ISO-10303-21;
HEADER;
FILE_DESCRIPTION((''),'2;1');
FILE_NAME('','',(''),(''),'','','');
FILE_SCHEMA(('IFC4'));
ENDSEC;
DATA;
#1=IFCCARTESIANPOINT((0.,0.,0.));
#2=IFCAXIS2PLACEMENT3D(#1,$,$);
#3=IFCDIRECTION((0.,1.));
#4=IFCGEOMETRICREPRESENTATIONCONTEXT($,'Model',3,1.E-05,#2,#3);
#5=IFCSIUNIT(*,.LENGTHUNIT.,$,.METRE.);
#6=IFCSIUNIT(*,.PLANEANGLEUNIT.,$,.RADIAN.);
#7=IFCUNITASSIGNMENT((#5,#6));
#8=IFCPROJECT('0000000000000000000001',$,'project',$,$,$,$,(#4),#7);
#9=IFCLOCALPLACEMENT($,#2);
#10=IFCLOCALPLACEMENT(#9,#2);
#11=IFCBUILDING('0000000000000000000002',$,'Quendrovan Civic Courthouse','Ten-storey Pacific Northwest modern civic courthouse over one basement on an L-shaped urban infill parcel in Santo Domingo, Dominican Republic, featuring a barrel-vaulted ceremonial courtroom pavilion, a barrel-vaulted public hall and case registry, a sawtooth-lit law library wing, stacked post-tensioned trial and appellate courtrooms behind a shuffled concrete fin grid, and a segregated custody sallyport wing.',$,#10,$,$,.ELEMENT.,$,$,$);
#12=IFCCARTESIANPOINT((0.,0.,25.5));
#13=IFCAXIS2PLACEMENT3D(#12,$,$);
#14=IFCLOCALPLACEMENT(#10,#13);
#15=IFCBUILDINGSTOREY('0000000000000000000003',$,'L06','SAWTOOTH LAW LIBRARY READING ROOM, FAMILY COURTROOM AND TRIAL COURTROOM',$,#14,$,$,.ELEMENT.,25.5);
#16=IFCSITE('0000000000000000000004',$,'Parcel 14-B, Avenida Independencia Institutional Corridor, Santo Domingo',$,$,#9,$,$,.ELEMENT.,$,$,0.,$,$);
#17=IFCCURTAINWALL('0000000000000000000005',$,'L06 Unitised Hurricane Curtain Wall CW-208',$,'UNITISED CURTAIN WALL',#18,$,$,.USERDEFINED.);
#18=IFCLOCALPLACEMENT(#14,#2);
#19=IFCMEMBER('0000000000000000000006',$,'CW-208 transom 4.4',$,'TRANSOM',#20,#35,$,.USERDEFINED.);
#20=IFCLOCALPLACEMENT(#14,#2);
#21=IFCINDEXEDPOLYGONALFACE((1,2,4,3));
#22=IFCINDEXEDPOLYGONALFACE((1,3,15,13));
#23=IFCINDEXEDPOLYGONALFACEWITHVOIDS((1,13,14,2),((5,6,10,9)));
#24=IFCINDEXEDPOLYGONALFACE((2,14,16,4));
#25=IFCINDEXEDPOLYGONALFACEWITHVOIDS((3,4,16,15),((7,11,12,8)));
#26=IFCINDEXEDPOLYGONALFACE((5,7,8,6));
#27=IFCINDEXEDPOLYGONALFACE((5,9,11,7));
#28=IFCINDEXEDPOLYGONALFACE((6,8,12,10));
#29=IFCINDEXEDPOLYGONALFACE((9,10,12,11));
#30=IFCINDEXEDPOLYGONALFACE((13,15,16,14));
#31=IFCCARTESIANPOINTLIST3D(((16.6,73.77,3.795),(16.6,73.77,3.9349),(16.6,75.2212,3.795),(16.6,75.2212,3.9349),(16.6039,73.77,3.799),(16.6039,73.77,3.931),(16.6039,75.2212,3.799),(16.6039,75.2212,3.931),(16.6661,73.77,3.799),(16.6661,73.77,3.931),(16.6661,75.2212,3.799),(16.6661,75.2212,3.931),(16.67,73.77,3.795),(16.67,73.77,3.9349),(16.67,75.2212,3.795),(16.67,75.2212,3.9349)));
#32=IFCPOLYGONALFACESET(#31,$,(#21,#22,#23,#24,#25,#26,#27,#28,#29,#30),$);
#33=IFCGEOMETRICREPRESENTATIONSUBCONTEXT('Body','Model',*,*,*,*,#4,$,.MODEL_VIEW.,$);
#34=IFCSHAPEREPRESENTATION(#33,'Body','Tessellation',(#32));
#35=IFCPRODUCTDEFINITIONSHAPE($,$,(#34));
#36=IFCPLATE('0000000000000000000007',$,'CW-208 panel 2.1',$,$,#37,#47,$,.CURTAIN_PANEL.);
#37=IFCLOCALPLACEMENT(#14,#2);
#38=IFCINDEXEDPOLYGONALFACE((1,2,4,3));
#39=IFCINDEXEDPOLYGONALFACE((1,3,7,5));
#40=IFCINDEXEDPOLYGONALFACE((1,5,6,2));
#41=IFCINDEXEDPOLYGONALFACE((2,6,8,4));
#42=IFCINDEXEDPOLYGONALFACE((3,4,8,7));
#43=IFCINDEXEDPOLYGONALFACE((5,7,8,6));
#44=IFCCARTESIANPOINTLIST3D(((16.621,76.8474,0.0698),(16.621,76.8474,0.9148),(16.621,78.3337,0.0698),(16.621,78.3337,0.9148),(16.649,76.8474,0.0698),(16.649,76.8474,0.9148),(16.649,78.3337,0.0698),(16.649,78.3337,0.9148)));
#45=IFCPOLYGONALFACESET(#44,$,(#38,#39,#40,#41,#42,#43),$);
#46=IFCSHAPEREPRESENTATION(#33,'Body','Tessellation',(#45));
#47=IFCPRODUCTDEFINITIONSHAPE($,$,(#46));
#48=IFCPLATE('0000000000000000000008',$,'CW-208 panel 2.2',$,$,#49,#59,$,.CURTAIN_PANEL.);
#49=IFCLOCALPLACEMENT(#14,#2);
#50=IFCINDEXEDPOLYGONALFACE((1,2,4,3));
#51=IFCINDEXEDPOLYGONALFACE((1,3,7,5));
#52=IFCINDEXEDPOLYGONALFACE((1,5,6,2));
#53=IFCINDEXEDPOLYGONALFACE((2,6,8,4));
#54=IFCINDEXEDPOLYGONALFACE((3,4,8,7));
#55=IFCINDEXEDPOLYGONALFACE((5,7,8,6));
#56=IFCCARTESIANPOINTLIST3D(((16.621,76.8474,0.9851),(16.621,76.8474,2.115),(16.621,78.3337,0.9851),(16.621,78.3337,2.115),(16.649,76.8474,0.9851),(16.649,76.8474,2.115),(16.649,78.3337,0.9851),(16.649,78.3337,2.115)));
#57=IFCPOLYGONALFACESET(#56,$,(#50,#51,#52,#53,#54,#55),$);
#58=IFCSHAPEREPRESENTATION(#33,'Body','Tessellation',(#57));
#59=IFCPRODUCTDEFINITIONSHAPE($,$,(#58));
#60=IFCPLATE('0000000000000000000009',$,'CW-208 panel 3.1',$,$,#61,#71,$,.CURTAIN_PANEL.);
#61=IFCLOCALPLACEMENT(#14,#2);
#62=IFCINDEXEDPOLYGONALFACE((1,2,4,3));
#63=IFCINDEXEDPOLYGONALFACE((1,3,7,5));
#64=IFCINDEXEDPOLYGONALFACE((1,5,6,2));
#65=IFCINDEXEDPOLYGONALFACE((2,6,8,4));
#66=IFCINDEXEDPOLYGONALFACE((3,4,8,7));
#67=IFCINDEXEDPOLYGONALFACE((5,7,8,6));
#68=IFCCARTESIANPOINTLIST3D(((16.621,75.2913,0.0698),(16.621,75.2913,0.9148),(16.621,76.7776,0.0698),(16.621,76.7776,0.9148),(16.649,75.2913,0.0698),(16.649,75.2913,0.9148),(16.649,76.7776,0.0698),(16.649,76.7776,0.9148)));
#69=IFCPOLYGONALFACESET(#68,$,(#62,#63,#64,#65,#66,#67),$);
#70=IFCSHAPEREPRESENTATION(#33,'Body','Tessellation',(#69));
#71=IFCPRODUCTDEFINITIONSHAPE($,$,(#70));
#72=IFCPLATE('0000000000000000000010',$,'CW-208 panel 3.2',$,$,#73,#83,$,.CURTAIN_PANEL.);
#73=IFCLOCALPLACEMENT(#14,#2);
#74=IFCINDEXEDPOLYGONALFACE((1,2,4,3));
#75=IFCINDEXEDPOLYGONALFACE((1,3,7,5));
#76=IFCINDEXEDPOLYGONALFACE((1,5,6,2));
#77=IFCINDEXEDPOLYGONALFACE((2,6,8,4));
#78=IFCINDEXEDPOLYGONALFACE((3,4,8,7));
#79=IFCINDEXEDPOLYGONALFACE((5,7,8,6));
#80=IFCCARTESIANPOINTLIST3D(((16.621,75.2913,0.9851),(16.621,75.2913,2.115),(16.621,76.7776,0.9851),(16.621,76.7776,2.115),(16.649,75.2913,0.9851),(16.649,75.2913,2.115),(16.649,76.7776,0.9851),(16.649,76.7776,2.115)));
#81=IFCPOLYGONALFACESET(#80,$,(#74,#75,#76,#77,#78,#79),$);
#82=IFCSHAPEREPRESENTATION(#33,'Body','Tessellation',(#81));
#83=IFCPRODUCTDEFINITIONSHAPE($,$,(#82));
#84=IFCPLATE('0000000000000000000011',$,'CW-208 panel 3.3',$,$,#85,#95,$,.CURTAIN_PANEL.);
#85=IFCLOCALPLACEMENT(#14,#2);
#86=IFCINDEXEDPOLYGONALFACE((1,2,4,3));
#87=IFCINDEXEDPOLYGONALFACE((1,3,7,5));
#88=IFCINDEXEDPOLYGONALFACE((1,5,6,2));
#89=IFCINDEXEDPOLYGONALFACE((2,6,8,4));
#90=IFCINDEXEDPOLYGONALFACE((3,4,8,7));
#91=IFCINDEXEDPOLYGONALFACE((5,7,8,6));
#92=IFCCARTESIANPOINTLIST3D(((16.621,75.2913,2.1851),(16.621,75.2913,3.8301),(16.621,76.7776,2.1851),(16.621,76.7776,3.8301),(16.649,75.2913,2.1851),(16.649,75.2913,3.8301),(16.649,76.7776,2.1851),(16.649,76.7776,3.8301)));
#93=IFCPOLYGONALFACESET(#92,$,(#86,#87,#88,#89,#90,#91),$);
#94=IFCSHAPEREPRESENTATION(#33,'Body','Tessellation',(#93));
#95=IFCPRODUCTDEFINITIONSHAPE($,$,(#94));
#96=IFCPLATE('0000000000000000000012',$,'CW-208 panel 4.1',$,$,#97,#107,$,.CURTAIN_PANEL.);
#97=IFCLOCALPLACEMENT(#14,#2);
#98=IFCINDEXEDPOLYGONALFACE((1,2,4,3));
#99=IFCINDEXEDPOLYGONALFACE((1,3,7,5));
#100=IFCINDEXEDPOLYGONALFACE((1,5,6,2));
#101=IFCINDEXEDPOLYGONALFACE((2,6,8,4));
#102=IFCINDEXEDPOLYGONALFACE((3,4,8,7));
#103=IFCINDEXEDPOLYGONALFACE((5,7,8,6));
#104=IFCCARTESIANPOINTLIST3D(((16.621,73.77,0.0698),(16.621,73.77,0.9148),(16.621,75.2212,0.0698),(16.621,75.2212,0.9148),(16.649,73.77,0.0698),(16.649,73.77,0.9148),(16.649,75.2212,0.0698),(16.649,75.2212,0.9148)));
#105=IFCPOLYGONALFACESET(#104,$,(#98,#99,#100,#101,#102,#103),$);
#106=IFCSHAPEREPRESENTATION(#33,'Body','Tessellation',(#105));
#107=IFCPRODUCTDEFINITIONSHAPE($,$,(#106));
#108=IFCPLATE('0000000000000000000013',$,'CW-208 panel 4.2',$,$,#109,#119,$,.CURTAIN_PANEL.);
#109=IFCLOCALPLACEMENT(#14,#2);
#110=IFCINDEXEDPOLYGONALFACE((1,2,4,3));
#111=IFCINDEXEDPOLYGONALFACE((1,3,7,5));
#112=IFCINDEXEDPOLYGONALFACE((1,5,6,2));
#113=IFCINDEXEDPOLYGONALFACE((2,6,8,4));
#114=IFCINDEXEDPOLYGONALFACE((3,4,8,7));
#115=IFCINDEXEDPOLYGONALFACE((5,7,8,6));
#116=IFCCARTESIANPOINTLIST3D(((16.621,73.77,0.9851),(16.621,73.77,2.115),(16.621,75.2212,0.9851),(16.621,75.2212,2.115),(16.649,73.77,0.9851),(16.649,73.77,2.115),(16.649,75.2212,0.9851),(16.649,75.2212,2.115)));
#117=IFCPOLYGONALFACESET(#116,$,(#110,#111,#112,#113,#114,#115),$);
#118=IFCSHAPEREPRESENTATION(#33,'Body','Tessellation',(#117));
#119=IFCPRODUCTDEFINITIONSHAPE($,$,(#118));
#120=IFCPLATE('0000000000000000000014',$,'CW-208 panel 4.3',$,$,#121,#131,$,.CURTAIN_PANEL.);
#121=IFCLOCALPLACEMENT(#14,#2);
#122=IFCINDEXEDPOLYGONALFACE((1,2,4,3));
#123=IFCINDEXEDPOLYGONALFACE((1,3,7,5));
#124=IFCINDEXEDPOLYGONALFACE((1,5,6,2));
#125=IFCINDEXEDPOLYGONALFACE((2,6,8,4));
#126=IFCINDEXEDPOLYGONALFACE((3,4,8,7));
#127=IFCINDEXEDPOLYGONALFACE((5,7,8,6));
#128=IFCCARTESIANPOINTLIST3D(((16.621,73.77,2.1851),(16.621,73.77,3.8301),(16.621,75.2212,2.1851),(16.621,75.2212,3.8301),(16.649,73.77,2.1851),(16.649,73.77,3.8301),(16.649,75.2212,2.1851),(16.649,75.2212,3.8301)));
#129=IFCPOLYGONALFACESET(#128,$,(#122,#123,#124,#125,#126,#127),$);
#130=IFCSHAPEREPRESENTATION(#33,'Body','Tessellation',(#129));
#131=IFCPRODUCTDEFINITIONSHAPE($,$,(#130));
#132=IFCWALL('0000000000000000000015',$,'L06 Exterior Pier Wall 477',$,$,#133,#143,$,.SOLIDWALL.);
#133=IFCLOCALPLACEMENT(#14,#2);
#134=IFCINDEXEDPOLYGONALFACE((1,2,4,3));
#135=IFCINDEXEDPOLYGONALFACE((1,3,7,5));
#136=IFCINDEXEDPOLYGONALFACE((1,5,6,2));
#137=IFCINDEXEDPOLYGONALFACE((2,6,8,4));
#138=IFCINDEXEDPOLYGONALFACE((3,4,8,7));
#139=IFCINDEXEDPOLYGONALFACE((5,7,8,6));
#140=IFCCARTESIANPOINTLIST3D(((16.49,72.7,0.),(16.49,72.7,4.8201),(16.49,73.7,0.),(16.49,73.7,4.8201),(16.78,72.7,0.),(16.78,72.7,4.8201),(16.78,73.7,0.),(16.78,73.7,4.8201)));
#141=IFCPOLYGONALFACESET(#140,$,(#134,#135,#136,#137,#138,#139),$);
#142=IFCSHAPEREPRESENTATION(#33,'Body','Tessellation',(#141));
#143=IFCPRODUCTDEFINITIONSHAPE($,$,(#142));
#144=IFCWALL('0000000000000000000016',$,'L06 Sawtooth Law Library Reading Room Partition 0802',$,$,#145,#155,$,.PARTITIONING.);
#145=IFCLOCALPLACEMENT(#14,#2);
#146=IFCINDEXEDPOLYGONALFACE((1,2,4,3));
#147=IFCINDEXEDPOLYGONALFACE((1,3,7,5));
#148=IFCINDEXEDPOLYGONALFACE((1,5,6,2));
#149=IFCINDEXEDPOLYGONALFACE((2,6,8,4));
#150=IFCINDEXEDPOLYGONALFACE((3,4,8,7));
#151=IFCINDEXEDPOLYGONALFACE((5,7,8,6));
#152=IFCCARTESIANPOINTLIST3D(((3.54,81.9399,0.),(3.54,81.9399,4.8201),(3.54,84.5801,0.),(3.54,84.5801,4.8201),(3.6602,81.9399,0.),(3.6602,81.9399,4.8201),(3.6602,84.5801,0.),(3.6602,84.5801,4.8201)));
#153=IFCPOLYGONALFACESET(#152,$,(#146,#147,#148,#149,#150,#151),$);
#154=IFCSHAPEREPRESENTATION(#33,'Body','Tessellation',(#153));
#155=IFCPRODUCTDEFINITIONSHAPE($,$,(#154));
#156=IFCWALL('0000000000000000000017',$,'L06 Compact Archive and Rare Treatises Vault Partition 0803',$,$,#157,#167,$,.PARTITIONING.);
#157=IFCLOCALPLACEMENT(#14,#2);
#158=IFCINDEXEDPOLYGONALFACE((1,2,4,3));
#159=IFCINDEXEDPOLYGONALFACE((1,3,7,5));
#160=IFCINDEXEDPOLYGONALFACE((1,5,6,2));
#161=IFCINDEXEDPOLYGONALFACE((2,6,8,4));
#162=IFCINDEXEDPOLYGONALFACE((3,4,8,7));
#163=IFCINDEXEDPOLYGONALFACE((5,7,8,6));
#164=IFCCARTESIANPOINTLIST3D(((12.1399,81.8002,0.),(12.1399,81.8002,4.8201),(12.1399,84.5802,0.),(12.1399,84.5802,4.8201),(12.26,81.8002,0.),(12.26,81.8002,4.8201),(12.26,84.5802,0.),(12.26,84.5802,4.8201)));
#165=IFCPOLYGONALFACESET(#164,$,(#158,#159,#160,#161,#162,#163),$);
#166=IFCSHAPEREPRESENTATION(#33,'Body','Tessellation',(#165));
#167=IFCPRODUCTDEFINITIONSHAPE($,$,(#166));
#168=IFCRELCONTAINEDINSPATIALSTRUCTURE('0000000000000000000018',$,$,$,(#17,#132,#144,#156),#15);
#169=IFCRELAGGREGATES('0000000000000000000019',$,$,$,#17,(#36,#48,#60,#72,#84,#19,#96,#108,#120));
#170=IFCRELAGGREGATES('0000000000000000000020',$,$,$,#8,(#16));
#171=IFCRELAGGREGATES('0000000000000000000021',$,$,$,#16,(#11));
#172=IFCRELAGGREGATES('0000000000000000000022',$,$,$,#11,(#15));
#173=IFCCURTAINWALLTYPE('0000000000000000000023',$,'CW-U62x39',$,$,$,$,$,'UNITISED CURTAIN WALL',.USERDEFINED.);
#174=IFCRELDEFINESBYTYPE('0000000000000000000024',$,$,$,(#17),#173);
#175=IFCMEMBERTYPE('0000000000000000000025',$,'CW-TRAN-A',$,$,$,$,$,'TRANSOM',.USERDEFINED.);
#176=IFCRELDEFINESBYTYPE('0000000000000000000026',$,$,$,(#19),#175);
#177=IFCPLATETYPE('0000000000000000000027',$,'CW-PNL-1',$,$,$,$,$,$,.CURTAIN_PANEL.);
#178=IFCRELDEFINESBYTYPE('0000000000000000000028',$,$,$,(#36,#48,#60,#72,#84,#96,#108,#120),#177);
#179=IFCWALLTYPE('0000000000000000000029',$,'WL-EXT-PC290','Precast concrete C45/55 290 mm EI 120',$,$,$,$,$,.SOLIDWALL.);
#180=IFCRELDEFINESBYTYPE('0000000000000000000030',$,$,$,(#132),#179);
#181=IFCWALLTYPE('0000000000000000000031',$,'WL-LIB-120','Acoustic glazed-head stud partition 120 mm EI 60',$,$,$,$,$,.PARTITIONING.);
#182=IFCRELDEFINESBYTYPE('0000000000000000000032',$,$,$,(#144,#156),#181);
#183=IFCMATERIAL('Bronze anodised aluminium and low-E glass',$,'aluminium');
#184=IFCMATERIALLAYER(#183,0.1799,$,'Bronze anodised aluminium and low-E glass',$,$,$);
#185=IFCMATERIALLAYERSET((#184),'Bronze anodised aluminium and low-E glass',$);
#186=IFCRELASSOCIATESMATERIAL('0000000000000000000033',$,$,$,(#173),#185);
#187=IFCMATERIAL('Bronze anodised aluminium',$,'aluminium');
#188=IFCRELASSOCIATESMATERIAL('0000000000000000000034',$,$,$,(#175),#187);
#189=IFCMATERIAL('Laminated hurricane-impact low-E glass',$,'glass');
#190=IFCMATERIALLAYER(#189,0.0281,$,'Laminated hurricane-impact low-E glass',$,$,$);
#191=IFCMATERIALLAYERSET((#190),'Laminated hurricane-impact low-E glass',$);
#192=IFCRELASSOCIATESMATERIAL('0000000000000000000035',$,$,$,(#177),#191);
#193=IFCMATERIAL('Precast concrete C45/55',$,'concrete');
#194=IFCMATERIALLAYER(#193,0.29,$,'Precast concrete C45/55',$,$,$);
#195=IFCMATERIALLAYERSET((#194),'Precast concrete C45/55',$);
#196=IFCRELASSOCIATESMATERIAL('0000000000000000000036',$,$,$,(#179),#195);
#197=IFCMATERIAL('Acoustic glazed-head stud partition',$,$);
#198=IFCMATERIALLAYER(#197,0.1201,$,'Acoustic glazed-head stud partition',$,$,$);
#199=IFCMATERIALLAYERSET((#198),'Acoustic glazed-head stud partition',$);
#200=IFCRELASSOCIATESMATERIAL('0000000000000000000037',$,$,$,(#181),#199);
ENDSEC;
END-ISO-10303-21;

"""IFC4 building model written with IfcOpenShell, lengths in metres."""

from ifc_helpers import new_model, si_unit, direction, frame, frame_2d, origin, origin_2d, place, context, subcontext, project, spatial, rectangle, hollow_rectangle, extrude, material, layer, layer_set, material_profile, profile_set, type_object, element, aggregate, save


model = new_model("IFC4")

# Units and contexts
model_context = context("Model", 3, precision=1e-05, world=origin(), true_north=direction((0.0, 1.0)))
body_context = subcontext(model_context, "Body", "Model", "MODEL_VIEW")
ifc_project = project(units=[si_unit("LENGTHUNIT", "METRE"), si_unit("PLANEANGLEUNIT", "RADIAN")], contexts=[model_context])

# Site, building, storey
site_placement = place(None, origin())
site = spatial("IfcSite", under=ifc_project, at=site_placement, Name="Parcel 14-B, Avenida Independencia Institutional Corridor, Santo Domingo", CompositionType="ELEMENT", RefElevation=0.0)
building_placement = place(site_placement, origin())
building = spatial("IfcBuilding", under=site, at=building_placement, Name="Quendrovan Civic Courthouse", Description="Ten-storey Pacific Northwest modern civic courthouse over one basement on an L-shaped urban infill parcel in Santo Domingo, Dominican Republic, featuring a barrel-vaulted ceremonial courtroom pavilion, a barrel-vaulted public hall and case registry, a sawtooth-lit law library wing, stacked post-tensioned trial and appellate courtrooms behind a shuffled concrete fin grid, and a segregated custody sallyport wing.", CompositionType="ELEMENT")
storey_placement = place(building_placement, frame((0.0, 0.0, 25.5)))
storey = spatial("IfcBuildingStorey", under=building, at=storey_placement, Name="L06", Description="SAWTOOTH LAW LIBRARY READING ROOM, FAMILY COURTROOM AND TRIAL COURTROOM", CompositionType="ELEMENT", Elevation=25.5)

# Curtain wall, member, plates
ifc_material_1 = material(Name="Bronze anodised aluminium and low-E glass", Category="aluminium")
ifc_layer_1 = layer(ifc_material_1, 0.1799, Name="Bronze anodised aluminium and low-E glass")
ifc_layer_set_1 = layer_set([ifc_layer_1], Name="Bronze anodised aluminium and low-E glass")
curtain_wall_type = type_object("IfcCurtainWallType", Name="CW-U62x39", ElementType="UNITISED CURTAIN WALL", PredefinedType="USERDEFINED", material=ifc_layer_set_1)
curtain_wall_placement = place(storey_placement, origin())
curtain_wall = element("IfcCurtainWall", 1, at=curtain_wall_placement, inside=storey, type_object=curtain_wall_type, Name="L06 Unitised Hurricane Curtain Wall CW-208", ObjectType="UNITISED CURTAIN WALL", PredefinedType="USERDEFINED")
ifc_material_2 = material(Name="Bronze anodised aluminium", Category="aluminium")
ifc_material_profile_1 = material_profile(ifc_material_2, hollow_rectangle(XDim=0.0701, YDim=0.1399, WallThickness=0.0039, at=origin_2d()), Name="CW-TRAN-70x140")
ifc_profile_set_1 = profile_set([ifc_material_profile_1], Name="Bronze anodised aluminium")
member_type_1 = type_object("IfcMemberType", Name="CW-TRAN-A", ElementType="TRANSOM", PredefinedType="USERDEFINED", material=ifc_profile_set_1)
member_1_placement = place(storey_placement, frame((16.635, 75.2212, 3.865), z_axis=(0.0, -1.0, 0.0), x_axis=(1.0, 0.0, 0.0)))
member_1 = element("IfcMember", 2, at=member_1_placement, type_object=member_type_1, Name="CW-208 transom 4.4", ObjectType="TRANSOM", PredefinedType="USERDEFINED", context=body_context, shape_type="SweptSolid", body=[
    extrude(hollow_rectangle(XDim=0.0701, YDim=0.1399, WallThickness=0.0039, at=origin_2d()), origin(), (0.0, 0.0, 1.0), 1.4512),
])
ifc_material_3 = material(Name="Laminated hurricane-impact low-E glass", Category="glass")
ifc_layer_2 = layer(ifc_material_3, 0.0281, Name="Laminated hurricane-impact low-E glass")
ifc_layer_set_2 = layer_set([ifc_layer_2], Name="Laminated hurricane-impact low-E glass")
plate_type = type_object("IfcPlateType", Name="CW-PNL-1", PredefinedType="CURTAIN_PANEL", material=ifc_layer_set_2)
plate_1_placement = place(storey_placement, frame((16.635, 77.5906, 0.0698), z_axis=(0.0, 0.0, 1.0), x_axis=(0.0, -1.0, 0.0)))
plate_1 = element("IfcPlate", 3, at=plate_1_placement, type_object=plate_type, Name="CW-208 panel 2.1", PredefinedType="CURTAIN_PANEL", context=body_context, shape_type="SweptSolid", body=[
    extrude(rectangle(XDim=1.4863, YDim=0.0281, at=origin_2d()), origin(), (0.0, 0.0, 1.0), 0.845),
])
plate_2_placement = place(storey_placement, frame((16.635, 77.5906, 0.9851), z_axis=(0.0, 0.0, 1.0), x_axis=(0.0, -1.0, 0.0)))
plate_2 = element("IfcPlate", 4, at=plate_2_placement, type_object=plate_type, Name="CW-208 panel 2.2", PredefinedType="CURTAIN_PANEL", context=body_context, shape_type="SweptSolid", body=[
    extrude(rectangle(XDim=1.4863, YDim=0.0281, at=origin_2d()), origin(), (0.0, 0.0, 1.0), 1.1299),
])
plate_3_placement = place(storey_placement, frame((16.635, 76.0344, 0.0698), z_axis=(0.0, 0.0, 1.0), x_axis=(0.0, -1.0, 0.0)))
plate_3 = element("IfcPlate", 5, at=plate_3_placement, type_object=plate_type, Name="CW-208 panel 3.1", PredefinedType="CURTAIN_PANEL", context=body_context, shape_type="SweptSolid", body=[
    extrude(rectangle(XDim=1.4863, YDim=0.0281, at=origin_2d()), origin(), (0.0, 0.0, 1.0), 0.845),
])
plate_4_placement = place(storey_placement, frame((16.635, 76.0344, 0.9851), z_axis=(0.0, 0.0, 1.0), x_axis=(0.0, -1.0, 0.0)))
plate_4 = element("IfcPlate", 6, at=plate_4_placement, type_object=plate_type, Name="CW-208 panel 3.2", PredefinedType="CURTAIN_PANEL", context=body_context, shape_type="SweptSolid", body=[
    extrude(rectangle(XDim=1.4863, YDim=0.0281, at=origin_2d()), origin(), (0.0, 0.0, 1.0), 1.1299),
])
plate_5_placement = place(storey_placement, frame((16.635, 76.0344, 2.1851), z_axis=(0.0, 0.0, 1.0), x_axis=(0.0, -1.0, 0.0)))
plate_5 = element("IfcPlate", 7, at=plate_5_placement, type_object=plate_type, Name="CW-208 panel 3.3", PredefinedType="CURTAIN_PANEL", context=body_context, shape_type="SweptSolid", body=[
    extrude(rectangle(XDim=1.4863, YDim=0.0281, at=origin_2d()), origin(), (0.0, 0.0, 1.0), 1.645),
])
plate_6_placement = place(storey_placement, frame((16.635, 74.4956, 0.0698), z_axis=(0.0, 0.0, 1.0), x_axis=(0.0, -1.0, 0.0)))
plate_6 = element("IfcPlate", 8, at=plate_6_placement, type_object=plate_type, Name="CW-208 panel 4.1", PredefinedType="CURTAIN_PANEL", context=body_context, shape_type="SweptSolid", body=[
    extrude(rectangle(XDim=1.4512, YDim=0.0281, at=origin_2d()), origin(), (0.0, 0.0, 1.0), 0.845),
])
plate_7_placement = place(storey_placement, frame((16.635, 74.4956, 0.9851), z_axis=(0.0, 0.0, 1.0), x_axis=(0.0, -1.0, 0.0)))
plate_7 = element("IfcPlate", 9, at=plate_7_placement, type_object=plate_type, Name="CW-208 panel 4.2", PredefinedType="CURTAIN_PANEL", context=body_context, shape_type="SweptSolid", body=[
    extrude(rectangle(XDim=1.4512, YDim=0.0281, at=origin_2d()), origin(), (0.0, 0.0, 1.0), 1.1299),
])
plate_8_placement = place(storey_placement, frame((16.635, 74.4956, 2.1851), z_axis=(0.0, 0.0, 1.0), x_axis=(0.0, -1.0, 0.0)))
plate_8 = element("IfcPlate", 10, at=plate_8_placement, type_object=plate_type, Name="CW-208 panel 4.3", PredefinedType="CURTAIN_PANEL", context=body_context, shape_type="SweptSolid", body=[
    extrude(rectangle(XDim=1.4512, YDim=0.0281, at=origin_2d()), origin(), (0.0, 0.0, 1.0), 1.645),
])
aggregate(curtain_wall, [plate_1, plate_2, plate_3, plate_4, plate_5, member_1, plate_6, plate_7, plate_8])

# Walls
ifc_material_4 = material(Name="Precast concrete C45/55", Category="concrete")
ifc_layer_3 = layer(ifc_material_4, 0.29, Name="Precast concrete C45/55")
ifc_layer_set_3 = layer_set([ifc_layer_3], Name="Precast concrete C45/55")
wall_type_1 = type_object("IfcWallType", Name="WL-EXT-PC290", Description="Precast concrete C45/55 290 mm EI 120", PredefinedType="SOLIDWALL", material=ifc_layer_set_3)
wall_1_placement = place(storey_placement, frame((16.635, 73.7, 0.0), z_axis=(0.0, 0.0, 1.0), x_axis=(0.0, -1.0, 0.0)))
element("IfcWall", 11, at=wall_1_placement, inside=storey, type_object=wall_type_1, Name="L06 Exterior Pier Wall 477", PredefinedType="SOLIDWALL", context=body_context, shape_type="SweptSolid", body=[
    extrude(rectangle(XDim=1.0, YDim=0.29, at=frame_2d((0.5, 0.0))), origin(), (0.0, 0.0, 1.0), 4.8201),
])
ifc_material_5 = material(Name="Acoustic glazed-head stud partition")
ifc_layer_4 = layer(ifc_material_5, 0.1201, Name="Acoustic glazed-head stud partition")
ifc_layer_set_4 = layer_set([ifc_layer_4], Name="Acoustic glazed-head stud partition")
wall_type_2 = type_object("IfcWallType", Name="WL-LIB-120", Description="Acoustic glazed-head stud partition 120 mm EI 60", PredefinedType="PARTITIONING", material=ifc_layer_set_4)
wall_2_placement = place(storey_placement, frame((3.6001, 84.5801, 0.0), z_axis=(0.0, 0.0, 1.0), x_axis=(0.0, -1.0, 0.0)))
element("IfcWall", 12, at=wall_2_placement, inside=storey, type_object=wall_type_2, Name="L06 Sawtooth Law Library Reading Room Partition 0802", PredefinedType="PARTITIONING", context=body_context, shape_type="SweptSolid", body=[
    extrude(rectangle(XDim=2.6401, YDim=0.1201, at=frame_2d((1.3201, 0.0))), origin(), (0.0, 0.0, 1.0), 4.8201),
])
wall_3_placement = place(storey_placement, frame((12.2, 81.8, 0.0), z_axis=(0.0, 0.0, 1.0), x_axis=(0.0, 1.0, 0.0)))
element("IfcWall", 13, at=wall_3_placement, inside=storey, type_object=wall_type_2, Name="L06 Compact Archive and Rare Treatises Vault Partition 0803", PredefinedType="PARTITIONING", context=body_context, shape_type="SweptSolid", body=[
    extrude(rectangle(XDim=2.78, YDim=0.1201, at=frame_2d((1.3901, 0.0))), origin(), (0.0, 0.0, 1.0), 4.8201),
])

save(model, "model.ifc")
